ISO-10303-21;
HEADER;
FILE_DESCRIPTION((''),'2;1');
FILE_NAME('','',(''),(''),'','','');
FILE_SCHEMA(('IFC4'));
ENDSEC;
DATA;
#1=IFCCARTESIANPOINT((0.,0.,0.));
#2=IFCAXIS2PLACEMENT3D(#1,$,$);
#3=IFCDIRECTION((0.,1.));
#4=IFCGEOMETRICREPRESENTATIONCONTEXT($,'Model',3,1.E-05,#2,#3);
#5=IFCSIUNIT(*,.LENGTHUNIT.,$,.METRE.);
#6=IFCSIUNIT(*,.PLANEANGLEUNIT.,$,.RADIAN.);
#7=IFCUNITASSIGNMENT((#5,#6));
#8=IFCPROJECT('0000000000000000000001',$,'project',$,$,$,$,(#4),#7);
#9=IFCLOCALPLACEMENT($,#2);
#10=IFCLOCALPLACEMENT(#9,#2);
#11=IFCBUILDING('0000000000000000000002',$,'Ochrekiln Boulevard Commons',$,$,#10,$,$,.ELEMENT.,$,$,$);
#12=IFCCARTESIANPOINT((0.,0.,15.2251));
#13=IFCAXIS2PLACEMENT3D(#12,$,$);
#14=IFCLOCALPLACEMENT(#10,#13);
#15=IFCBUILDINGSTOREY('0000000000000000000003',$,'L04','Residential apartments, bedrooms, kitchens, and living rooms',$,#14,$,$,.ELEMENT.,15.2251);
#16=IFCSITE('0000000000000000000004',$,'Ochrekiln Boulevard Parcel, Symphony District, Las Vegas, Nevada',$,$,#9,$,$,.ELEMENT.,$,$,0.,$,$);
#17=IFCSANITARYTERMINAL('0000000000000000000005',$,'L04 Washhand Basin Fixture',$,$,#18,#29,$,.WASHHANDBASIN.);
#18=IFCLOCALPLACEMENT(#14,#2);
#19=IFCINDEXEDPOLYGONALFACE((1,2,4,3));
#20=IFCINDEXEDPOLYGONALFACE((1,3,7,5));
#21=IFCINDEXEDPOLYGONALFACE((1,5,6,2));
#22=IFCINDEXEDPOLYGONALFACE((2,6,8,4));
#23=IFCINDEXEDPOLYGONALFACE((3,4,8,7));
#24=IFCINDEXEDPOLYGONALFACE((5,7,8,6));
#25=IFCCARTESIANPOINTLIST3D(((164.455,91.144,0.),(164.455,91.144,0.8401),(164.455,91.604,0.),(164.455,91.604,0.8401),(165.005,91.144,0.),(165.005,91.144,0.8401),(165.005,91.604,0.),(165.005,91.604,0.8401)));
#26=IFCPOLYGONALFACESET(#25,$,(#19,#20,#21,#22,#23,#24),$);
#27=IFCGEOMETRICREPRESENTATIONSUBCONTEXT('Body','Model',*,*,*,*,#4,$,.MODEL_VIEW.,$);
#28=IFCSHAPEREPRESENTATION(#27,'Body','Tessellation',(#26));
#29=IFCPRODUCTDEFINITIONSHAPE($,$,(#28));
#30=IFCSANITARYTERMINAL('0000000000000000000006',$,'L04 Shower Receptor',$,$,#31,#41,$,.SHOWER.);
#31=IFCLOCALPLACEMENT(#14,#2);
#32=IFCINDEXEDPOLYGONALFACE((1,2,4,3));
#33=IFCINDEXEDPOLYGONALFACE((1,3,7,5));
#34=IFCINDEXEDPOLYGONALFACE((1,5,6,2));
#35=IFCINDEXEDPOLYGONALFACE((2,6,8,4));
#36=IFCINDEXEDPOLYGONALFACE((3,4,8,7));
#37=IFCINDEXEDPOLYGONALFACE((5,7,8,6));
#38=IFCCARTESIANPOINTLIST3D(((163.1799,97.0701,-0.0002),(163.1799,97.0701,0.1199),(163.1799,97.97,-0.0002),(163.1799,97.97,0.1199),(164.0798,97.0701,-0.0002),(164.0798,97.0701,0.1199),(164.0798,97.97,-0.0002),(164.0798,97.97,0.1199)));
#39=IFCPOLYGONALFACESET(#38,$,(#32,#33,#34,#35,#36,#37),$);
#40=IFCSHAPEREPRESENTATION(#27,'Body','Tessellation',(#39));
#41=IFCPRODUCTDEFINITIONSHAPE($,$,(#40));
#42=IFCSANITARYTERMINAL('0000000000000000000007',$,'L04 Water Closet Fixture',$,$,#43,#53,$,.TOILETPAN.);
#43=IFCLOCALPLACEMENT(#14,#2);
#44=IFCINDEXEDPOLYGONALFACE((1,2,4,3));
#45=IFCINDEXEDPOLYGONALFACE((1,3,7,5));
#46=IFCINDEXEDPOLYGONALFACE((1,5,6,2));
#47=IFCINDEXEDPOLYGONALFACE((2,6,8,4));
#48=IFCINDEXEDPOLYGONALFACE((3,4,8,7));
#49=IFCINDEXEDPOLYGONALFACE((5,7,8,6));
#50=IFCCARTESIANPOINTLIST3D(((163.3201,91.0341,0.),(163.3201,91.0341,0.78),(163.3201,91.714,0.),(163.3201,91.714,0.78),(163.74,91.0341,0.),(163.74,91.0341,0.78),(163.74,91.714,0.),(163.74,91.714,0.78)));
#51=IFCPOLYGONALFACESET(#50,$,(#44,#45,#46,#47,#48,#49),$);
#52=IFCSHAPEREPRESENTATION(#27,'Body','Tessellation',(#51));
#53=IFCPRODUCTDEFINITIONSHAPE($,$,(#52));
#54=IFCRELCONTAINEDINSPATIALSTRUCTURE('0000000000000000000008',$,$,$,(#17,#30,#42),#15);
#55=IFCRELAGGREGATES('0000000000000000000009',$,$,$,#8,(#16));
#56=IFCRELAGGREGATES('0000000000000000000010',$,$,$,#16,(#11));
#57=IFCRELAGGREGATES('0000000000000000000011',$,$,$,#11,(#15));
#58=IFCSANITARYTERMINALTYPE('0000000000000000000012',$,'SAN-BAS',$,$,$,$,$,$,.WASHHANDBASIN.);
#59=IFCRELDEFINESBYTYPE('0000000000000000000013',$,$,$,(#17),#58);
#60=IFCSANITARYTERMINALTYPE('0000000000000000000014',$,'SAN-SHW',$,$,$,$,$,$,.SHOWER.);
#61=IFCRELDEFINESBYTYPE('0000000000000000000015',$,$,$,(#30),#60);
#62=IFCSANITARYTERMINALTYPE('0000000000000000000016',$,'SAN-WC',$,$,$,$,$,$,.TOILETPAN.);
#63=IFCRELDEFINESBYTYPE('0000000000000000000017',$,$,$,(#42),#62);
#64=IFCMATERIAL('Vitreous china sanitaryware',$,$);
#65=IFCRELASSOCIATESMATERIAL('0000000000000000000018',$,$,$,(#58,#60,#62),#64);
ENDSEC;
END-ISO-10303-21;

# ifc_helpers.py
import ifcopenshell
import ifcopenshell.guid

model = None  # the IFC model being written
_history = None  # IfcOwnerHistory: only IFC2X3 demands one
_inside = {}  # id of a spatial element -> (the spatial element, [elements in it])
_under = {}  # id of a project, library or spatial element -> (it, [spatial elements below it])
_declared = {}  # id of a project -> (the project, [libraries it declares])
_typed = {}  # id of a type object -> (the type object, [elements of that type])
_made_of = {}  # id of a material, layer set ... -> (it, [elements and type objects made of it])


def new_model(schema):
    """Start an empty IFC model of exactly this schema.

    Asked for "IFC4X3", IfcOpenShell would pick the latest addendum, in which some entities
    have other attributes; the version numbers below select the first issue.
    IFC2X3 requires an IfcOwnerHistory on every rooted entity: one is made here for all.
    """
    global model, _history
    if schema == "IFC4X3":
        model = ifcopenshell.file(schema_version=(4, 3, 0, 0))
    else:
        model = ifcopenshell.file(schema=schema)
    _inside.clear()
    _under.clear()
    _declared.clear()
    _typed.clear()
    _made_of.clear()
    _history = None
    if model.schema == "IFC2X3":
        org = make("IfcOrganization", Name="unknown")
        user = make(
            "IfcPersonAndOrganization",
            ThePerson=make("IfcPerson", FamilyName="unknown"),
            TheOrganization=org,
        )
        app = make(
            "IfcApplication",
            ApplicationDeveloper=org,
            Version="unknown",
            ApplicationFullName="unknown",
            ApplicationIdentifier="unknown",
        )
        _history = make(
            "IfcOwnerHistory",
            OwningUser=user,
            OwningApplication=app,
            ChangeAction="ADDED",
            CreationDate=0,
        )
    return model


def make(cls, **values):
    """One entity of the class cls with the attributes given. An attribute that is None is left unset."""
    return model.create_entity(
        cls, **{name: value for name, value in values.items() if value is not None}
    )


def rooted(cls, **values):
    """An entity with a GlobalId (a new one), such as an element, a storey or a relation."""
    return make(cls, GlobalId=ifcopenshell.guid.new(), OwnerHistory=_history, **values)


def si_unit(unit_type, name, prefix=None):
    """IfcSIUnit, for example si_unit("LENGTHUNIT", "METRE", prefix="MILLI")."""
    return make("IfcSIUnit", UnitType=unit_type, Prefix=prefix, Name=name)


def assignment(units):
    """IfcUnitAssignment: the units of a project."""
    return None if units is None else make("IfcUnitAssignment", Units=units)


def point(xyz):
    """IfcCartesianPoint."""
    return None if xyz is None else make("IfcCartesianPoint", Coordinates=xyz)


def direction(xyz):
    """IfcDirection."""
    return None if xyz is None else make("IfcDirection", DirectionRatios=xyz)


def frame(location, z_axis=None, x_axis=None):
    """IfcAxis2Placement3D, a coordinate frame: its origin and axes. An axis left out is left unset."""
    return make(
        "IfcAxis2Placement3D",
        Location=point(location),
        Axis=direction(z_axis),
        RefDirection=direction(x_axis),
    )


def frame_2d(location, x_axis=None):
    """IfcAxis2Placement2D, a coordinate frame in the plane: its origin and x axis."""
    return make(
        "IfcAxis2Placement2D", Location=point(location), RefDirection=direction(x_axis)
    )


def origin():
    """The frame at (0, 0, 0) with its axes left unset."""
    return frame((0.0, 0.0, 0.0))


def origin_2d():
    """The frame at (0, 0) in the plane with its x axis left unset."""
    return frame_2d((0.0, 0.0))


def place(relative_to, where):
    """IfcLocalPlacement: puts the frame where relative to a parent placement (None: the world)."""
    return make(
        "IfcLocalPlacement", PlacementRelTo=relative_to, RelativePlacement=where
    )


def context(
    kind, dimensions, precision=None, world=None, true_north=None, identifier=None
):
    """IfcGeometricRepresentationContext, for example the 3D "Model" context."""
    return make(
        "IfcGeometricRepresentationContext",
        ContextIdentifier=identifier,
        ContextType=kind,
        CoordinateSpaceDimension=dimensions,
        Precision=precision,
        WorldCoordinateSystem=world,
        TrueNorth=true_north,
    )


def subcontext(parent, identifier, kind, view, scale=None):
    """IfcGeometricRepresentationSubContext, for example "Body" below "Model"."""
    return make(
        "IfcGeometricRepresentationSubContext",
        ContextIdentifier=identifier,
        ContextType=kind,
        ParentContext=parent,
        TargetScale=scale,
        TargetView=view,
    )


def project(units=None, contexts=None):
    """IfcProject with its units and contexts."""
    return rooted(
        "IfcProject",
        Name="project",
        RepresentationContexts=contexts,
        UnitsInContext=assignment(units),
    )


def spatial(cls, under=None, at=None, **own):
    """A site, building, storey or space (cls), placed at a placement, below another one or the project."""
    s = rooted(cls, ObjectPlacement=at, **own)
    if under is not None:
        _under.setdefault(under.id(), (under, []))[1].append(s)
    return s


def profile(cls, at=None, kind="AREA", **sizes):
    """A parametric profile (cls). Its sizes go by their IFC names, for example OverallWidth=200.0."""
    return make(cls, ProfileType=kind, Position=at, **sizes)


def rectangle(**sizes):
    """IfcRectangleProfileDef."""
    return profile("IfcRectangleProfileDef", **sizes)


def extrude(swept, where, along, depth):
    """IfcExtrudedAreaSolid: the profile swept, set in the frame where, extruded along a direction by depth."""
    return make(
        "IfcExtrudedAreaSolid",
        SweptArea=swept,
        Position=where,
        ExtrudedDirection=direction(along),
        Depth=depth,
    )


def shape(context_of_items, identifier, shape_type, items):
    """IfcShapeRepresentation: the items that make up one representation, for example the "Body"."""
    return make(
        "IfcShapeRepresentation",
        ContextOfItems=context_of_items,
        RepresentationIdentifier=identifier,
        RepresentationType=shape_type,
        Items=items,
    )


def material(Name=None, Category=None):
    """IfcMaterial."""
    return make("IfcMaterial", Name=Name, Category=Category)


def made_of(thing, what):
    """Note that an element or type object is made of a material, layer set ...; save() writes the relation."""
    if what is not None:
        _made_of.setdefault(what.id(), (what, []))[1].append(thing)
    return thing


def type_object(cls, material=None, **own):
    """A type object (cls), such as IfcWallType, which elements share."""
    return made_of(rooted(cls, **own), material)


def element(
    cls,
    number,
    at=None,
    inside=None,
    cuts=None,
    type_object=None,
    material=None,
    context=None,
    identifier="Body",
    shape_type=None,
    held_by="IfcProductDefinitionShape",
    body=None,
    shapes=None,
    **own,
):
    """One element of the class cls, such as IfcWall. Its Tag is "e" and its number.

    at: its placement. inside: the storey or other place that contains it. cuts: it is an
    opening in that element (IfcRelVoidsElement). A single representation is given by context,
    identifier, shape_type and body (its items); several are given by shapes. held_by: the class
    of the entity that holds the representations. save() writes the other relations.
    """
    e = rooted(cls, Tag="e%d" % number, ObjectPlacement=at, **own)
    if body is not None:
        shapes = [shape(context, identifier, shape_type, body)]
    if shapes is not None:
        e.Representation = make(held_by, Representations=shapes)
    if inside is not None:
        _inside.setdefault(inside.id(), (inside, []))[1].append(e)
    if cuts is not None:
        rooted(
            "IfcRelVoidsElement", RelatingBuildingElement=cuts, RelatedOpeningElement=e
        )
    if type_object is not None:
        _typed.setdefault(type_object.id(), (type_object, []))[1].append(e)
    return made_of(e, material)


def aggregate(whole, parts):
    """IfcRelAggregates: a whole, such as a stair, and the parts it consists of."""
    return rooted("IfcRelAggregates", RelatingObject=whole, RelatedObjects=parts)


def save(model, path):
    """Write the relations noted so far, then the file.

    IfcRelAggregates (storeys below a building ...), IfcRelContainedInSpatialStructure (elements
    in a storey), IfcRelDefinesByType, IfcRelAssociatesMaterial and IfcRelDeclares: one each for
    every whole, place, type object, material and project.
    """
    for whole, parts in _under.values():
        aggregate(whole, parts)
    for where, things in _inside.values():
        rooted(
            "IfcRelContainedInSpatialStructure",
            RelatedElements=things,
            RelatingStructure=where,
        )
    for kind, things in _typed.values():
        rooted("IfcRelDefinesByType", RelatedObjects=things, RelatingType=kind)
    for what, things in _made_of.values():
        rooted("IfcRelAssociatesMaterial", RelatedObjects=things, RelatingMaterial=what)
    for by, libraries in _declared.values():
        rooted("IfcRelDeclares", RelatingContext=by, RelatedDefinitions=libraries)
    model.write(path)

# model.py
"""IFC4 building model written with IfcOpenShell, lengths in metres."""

from ifc_helpers import new_model, si_unit, direction, frame, origin, origin_2d, place, context, subcontext, project, spatial, rectangle, extrude, material, type_object, element, save


model = new_model("IFC4")

# Units and contexts
model_context = context("Model", 3, precision=1e-05, world=origin(), true_north=direction((0.0, 1.0)))
body_context = subcontext(model_context, "Body", "Model", "MODEL_VIEW")
ifc_project = project(units=[si_unit("LENGTHUNIT", "METRE"), si_unit("PLANEANGLEUNIT", "RADIAN")], contexts=[model_context])

# Site, building, storey
site_placement = place(None, origin())
site = spatial("IfcSite", under=ifc_project, at=site_placement, Name="Ochrekiln Boulevard Parcel, Symphony District, Las Vegas, Nevada", CompositionType="ELEMENT", RefElevation=0.0)
building_placement = place(site_placement, origin())
building = spatial("IfcBuilding", under=site, at=building_placement, Name="Ochrekiln Boulevard Commons", CompositionType="ELEMENT")
storey_placement = place(building_placement, frame((0.0, 0.0, 15.2251)))
storey = spatial("IfcBuildingStorey", under=building, at=storey_placement, Name="L04", Description="Residential apartments, bedrooms, kitchens, and living rooms", CompositionType="ELEMENT", Elevation=15.2251)

# Sanitary terminals
ifc_material_1 = material(Name="Vitreous china sanitaryware")
sanitary_terminal_type_1 = type_object("IfcSanitaryTerminalType", Name="SAN-BAS", PredefinedType="WASHHANDBASIN", material=ifc_material_1)
for number, where, z_axis, x_axis, name in (
    (1, (164.73, 91.374, 0.0), (0.0, 0.0, 1.0), (1.0, 0.0, 0.0), "L04 Washhand Basin Fixture"),
):
    element("IfcSanitaryTerminal", number, at=place(storey_placement, frame(where, z_axis=z_axis, x_axis=x_axis)), inside=storey, type_object=sanitary_terminal_type_1, Name=name, PredefinedType="WASHHANDBASIN", context=body_context, shape_type="SweptSolid", body=[
        extrude(rectangle(XDim=0.55, YDim=0.46, at=origin_2d()), origin(), (0.0, 0.0, 1.0), 0.8401),
    ])
sanitary_terminal_type_2 = type_object("IfcSanitaryTerminalType", Name="SAN-SHW", PredefinedType="SHOWER", material=ifc_material_1)
sanitary_terminal_1_placement = place(storey_placement, frame((163.6299, 97.52, -0.0002), z_axis=(0.0, 0.0, 1.0), x_axis=(1.0, 0.0, 0.0)))
element("IfcSanitaryTerminal", 2, at=sanitary_terminal_1_placement, inside=storey, type_object=sanitary_terminal_type_2, Name="L04 Shower Receptor", PredefinedType="SHOWER", context=body_context, shape_type="SweptSolid", body=[
    extrude(rectangle(XDim=0.8999, YDim=0.8999, at=origin_2d()), origin(), (0.0, 0.0, 1.0), 0.1201),
])
sanitary_terminal_type_3 = type_object("IfcSanitaryTerminalType", Name="SAN-WC", PredefinedType="TOILETPAN", material=ifc_material_1)
sanitary_terminal_2_placement = place(storey_placement, frame((163.53, 91.374, 0.0), z_axis=(0.0, 0.0, 1.0), x_axis=(1.0, 0.0, 0.0)))
element("IfcSanitaryTerminal", 3, at=sanitary_terminal_2_placement, inside=storey, type_object=sanitary_terminal_type_3, Name="L04 Water Closet Fixture", PredefinedType="TOILETPAN", context=body_context, shape_type="SweptSolid", body=[
    extrude(rectangle(XDim=0.4199, YDim=0.6799, at=origin_2d()), origin(), (0.0, 0.0, 1.0), 0.78),
])

save(model, "model.ifc")
